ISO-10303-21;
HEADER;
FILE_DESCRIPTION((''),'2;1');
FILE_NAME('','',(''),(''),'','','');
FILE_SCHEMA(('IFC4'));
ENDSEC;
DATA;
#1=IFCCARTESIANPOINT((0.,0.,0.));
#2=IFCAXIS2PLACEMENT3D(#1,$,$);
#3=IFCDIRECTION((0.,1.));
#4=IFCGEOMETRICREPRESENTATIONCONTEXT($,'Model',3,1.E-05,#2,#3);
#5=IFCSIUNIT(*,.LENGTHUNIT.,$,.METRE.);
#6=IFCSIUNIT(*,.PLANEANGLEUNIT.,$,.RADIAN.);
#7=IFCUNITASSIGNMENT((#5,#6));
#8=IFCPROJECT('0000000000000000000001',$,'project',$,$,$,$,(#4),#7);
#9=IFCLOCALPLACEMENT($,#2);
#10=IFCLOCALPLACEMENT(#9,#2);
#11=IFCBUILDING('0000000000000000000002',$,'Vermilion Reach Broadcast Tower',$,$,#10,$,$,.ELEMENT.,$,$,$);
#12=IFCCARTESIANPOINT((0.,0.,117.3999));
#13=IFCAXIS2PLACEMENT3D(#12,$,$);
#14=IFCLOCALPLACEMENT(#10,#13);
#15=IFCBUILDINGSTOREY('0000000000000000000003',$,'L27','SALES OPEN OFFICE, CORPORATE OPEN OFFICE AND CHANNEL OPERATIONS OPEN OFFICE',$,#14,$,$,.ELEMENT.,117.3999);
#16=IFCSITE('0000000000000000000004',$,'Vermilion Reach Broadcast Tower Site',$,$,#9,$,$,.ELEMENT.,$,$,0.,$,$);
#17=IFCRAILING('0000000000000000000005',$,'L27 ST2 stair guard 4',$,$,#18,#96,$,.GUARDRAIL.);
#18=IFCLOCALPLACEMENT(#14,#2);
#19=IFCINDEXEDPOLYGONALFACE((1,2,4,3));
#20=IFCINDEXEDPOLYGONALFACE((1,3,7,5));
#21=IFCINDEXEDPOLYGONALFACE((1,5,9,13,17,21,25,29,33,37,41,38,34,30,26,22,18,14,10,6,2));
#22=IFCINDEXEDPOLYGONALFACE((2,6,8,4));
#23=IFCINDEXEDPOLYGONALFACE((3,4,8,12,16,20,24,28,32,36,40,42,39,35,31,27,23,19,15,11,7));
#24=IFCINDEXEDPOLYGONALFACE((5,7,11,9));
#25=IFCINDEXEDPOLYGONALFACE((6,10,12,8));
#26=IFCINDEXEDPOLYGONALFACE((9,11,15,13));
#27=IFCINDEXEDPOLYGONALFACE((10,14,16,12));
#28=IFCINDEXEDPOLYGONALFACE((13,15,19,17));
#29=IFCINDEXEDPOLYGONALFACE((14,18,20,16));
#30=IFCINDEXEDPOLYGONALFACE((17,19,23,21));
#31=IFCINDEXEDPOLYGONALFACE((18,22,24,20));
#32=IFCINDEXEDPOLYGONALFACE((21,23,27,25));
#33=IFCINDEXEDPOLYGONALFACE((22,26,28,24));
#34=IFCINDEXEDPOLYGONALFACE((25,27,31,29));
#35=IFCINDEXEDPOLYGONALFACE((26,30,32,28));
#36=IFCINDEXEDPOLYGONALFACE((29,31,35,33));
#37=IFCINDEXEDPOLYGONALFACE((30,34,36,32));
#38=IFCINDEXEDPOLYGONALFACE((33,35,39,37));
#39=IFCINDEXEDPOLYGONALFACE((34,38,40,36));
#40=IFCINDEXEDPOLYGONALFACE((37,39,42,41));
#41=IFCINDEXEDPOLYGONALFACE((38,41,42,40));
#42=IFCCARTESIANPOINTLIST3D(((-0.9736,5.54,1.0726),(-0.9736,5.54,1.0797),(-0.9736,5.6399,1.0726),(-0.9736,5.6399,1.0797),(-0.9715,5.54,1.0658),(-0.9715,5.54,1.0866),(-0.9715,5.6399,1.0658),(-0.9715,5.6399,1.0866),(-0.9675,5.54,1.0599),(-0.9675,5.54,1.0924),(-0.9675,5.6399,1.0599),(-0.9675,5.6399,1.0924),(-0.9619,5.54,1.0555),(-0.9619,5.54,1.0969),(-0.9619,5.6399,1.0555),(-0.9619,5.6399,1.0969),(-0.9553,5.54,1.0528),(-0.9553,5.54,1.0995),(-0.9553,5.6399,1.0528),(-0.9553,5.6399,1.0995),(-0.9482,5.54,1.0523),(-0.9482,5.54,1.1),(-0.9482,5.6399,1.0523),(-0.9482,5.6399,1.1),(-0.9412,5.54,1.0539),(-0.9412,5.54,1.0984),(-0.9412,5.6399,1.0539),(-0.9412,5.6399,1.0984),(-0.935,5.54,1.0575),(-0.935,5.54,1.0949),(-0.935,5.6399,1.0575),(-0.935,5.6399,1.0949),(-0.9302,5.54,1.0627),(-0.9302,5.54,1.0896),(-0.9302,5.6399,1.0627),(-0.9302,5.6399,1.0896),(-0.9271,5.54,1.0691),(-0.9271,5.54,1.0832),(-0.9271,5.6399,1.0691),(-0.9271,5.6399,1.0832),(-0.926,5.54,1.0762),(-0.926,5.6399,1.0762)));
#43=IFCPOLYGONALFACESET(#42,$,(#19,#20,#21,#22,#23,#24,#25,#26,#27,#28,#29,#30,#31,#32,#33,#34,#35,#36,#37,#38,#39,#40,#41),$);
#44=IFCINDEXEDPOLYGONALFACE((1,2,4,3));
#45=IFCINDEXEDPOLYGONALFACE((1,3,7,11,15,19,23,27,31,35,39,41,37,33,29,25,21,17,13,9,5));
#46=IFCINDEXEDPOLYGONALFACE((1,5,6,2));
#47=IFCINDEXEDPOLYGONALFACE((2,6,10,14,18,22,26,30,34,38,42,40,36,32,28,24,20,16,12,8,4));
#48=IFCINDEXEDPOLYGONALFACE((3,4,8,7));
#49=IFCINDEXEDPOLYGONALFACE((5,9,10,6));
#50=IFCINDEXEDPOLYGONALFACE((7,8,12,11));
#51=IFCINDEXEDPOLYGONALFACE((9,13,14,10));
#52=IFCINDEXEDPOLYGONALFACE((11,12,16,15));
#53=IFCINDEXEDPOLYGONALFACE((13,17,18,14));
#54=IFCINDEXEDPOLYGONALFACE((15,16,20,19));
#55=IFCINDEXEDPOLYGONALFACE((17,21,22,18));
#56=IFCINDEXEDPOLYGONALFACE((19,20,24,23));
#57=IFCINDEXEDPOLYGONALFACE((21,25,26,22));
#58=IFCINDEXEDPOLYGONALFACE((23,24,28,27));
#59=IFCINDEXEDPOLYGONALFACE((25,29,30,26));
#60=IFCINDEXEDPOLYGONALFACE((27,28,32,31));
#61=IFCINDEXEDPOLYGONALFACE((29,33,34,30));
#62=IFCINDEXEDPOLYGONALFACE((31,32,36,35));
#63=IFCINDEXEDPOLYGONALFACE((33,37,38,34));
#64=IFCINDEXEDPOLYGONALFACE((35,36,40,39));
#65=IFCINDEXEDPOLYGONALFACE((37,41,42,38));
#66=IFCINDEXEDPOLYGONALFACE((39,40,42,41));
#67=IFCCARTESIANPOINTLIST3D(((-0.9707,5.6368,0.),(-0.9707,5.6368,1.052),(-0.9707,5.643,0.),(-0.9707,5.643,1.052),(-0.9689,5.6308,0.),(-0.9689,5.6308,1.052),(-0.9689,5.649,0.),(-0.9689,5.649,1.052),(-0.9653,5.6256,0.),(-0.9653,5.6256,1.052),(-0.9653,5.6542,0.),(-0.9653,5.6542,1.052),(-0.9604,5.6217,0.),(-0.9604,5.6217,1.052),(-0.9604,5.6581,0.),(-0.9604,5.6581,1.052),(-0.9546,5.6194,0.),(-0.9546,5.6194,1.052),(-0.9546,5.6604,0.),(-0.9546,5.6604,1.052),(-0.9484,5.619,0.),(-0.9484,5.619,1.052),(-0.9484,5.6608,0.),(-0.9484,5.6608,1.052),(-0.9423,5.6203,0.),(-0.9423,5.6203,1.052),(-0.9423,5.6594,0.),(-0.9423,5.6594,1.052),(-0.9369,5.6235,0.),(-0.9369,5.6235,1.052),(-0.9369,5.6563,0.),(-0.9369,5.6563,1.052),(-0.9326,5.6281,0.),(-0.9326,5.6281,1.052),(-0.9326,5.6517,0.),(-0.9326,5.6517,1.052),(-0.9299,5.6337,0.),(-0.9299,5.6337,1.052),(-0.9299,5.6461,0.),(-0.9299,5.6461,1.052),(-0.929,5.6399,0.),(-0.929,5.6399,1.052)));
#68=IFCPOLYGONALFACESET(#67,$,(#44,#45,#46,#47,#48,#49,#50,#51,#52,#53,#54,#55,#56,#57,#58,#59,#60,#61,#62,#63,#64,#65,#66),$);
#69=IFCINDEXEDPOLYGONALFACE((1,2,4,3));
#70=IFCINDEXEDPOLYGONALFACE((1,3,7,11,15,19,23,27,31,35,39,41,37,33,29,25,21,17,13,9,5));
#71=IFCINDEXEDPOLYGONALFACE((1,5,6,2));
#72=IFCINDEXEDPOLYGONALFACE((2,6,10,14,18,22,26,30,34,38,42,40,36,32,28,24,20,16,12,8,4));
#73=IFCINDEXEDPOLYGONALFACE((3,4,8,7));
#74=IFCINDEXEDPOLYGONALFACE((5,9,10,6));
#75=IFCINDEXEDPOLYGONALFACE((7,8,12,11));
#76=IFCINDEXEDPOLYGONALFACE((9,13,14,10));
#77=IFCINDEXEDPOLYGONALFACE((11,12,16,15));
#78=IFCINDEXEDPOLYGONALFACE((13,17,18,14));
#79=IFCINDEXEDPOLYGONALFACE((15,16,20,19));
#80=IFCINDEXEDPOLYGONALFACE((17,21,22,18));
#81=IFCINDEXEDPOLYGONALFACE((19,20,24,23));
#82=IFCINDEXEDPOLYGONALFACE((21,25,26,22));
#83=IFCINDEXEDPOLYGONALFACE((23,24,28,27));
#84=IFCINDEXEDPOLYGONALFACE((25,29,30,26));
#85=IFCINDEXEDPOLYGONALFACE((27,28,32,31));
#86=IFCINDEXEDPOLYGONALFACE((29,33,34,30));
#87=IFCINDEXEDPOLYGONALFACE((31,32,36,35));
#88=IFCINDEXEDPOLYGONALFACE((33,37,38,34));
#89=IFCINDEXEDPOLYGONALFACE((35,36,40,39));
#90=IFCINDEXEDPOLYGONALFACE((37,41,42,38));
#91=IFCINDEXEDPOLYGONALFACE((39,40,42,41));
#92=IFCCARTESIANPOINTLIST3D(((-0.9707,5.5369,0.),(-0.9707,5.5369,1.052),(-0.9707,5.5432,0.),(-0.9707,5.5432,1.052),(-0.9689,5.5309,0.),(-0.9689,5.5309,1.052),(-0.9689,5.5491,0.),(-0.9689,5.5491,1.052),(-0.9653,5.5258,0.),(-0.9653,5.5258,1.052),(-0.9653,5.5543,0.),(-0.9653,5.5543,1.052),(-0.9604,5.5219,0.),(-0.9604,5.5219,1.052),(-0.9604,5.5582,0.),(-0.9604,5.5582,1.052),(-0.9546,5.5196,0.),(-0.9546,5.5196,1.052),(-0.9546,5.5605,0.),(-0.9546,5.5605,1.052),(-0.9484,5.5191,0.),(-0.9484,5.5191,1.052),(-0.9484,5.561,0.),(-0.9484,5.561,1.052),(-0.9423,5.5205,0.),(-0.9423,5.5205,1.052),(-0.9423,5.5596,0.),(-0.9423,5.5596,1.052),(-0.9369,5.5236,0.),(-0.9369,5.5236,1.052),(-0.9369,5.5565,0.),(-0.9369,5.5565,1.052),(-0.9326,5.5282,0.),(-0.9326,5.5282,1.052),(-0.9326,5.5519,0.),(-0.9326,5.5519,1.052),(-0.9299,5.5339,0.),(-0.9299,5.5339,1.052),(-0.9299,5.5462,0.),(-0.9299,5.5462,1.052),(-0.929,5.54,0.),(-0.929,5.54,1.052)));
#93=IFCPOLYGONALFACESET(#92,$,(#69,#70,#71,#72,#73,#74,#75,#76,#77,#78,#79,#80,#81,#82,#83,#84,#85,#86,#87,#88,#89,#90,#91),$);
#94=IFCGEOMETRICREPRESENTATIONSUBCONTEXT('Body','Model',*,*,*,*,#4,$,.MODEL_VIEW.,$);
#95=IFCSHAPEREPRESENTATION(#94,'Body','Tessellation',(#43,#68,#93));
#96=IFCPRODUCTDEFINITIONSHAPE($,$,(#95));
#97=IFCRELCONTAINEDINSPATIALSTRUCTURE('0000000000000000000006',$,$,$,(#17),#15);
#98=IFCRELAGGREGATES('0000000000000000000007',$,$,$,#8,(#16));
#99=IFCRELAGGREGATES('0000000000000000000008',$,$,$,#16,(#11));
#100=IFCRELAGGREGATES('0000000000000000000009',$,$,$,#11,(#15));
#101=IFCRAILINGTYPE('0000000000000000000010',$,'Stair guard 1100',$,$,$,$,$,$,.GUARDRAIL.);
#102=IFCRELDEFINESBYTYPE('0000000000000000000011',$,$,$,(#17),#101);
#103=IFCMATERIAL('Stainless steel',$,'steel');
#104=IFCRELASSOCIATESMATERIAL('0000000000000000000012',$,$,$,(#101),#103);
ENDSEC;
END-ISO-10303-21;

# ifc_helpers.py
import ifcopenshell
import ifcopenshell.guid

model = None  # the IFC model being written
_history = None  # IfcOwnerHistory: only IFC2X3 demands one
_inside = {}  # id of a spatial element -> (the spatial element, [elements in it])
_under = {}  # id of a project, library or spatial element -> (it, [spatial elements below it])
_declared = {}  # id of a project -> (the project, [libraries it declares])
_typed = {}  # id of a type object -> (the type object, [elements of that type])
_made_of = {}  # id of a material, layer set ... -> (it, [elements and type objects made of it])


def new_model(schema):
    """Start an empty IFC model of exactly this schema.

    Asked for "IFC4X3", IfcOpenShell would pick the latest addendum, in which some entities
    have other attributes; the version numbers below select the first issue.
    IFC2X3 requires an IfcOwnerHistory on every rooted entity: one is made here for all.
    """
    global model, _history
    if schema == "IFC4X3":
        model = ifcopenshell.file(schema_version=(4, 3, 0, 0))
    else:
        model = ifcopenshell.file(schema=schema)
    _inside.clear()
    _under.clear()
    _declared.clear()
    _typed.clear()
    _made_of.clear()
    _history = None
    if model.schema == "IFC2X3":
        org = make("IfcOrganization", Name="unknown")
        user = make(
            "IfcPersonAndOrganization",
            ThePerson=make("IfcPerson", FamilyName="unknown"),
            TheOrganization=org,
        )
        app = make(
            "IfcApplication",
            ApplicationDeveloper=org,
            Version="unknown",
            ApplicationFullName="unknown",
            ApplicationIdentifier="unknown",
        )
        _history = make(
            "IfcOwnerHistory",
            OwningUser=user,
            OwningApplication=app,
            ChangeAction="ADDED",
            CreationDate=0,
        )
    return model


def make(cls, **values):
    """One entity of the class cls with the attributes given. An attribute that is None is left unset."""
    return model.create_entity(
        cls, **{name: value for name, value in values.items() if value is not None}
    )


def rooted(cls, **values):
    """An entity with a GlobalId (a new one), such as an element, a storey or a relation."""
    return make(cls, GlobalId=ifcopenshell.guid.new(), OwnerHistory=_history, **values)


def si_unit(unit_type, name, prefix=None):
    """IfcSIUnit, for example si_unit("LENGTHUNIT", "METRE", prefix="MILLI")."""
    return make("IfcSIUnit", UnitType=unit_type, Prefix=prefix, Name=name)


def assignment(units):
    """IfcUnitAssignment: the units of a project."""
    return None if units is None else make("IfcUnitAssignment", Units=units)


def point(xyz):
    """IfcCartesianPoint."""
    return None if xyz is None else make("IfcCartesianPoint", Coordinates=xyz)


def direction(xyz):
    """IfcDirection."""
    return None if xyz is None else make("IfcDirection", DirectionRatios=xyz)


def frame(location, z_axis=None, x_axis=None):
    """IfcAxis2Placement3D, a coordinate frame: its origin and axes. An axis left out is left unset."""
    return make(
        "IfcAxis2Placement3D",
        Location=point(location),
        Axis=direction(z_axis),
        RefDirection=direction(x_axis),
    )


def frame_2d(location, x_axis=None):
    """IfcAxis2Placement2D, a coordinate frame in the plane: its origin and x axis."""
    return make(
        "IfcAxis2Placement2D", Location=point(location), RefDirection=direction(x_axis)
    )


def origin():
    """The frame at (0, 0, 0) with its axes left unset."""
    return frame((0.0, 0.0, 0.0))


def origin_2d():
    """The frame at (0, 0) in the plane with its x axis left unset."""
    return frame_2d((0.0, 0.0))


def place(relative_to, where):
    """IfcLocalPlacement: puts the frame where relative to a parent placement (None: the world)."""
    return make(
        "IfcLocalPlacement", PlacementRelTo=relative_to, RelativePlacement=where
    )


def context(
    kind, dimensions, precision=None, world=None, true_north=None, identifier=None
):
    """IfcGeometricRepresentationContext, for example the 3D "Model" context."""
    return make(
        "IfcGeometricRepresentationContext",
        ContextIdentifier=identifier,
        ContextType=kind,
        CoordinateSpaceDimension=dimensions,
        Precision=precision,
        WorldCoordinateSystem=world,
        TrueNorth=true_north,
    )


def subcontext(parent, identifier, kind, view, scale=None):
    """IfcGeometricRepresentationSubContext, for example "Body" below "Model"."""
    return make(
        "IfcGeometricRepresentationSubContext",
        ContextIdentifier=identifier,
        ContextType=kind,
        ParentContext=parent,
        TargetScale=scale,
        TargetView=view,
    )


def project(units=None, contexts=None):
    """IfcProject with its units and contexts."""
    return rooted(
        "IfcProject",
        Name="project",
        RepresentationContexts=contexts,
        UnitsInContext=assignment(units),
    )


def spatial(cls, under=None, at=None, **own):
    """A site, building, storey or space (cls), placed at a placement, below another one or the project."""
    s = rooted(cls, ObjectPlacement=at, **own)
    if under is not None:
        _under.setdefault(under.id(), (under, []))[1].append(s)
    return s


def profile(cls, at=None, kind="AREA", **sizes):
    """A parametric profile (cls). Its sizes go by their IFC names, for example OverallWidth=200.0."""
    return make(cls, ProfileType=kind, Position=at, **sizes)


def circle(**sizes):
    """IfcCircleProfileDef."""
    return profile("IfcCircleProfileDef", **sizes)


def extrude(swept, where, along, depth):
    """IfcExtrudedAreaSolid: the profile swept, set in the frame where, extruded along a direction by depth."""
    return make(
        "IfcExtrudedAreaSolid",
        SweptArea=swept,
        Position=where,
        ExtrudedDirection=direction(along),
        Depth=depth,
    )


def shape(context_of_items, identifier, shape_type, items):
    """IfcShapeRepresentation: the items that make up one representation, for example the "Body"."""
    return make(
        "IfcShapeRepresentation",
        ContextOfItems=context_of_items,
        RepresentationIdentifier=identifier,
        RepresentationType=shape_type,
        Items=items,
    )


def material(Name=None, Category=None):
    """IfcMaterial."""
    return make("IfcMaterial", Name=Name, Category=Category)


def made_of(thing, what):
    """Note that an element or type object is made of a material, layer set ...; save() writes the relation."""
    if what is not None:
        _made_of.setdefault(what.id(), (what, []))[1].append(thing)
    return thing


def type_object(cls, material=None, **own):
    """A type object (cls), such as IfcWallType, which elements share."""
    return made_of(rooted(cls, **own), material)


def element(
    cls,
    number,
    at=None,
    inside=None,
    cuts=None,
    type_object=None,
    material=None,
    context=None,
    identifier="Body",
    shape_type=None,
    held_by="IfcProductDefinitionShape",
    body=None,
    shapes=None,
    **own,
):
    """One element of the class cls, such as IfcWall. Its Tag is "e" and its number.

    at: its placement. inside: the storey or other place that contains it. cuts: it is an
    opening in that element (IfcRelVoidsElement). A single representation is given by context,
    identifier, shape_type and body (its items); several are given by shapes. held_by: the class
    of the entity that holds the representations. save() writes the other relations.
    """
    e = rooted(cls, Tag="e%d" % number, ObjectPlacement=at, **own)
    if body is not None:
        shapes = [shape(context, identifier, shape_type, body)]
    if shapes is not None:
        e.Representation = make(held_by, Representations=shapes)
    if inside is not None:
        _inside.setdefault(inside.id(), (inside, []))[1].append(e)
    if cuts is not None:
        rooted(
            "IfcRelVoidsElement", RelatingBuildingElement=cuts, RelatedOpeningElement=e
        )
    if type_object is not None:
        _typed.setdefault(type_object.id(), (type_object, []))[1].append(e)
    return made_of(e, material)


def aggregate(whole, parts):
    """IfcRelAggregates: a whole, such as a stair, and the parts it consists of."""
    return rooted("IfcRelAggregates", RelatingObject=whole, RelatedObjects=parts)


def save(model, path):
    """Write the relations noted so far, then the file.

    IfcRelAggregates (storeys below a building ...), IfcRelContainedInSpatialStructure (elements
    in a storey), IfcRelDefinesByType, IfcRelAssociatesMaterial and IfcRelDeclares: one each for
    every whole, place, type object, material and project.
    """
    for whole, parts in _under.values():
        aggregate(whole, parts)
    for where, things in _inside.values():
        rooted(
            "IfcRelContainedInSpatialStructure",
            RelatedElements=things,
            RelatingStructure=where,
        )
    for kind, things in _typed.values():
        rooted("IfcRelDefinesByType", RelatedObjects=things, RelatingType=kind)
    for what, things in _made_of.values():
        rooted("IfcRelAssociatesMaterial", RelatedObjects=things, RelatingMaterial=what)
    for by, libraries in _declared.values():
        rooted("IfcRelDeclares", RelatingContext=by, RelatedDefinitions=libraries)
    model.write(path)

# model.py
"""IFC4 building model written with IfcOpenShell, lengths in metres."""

from ifc_helpers import new_model, si_unit, direction, frame, origin, origin_2d, place, context, subcontext, project, spatial, circle, extrude, material, type_object, element, save


model = new_model("IFC4")

# Units and contexts
model_context = context("Model", 3, precision=1e-05, world=origin(), true_north=direction((0.0, 1.0)))
body_context = subcontext(model_context, "Body", "Model", "MODEL_VIEW")
ifc_project = project(units=[si_unit("LENGTHUNIT", "METRE"), si_unit("PLANEANGLEUNIT", "RADIAN")], contexts=[model_context])

# Site, building, storey
site_placement = place(None, origin())
site = spatial("IfcSite", under=ifc_project, at=site_placement, Name="Vermilion Reach Broadcast Tower Site", CompositionType="ELEMENT", RefElevation=0.0)
building_placement = place(site_placement, origin())
building = spatial("IfcBuilding", under=site, at=building_placement, Name="Vermilion Reach Broadcast Tower", CompositionType="ELEMENT")
storey_placement = place(building_placement, frame((0.0, 0.0, 117.3999)))
storey = spatial("IfcBuildingStorey", under=building, at=storey_placement, Name="L27", Description="SALES OPEN OFFICE, CORPORATE OPEN OFFICE AND CHANNEL OPERATIONS OPEN OFFICE", CompositionType="ELEMENT", Elevation=117.3999)

# Railing
ifc_material_1 = material(Name="Stainless steel", Category="steel")
railing_type_1 = type_object("IfcRailingType", Name="Stair guard 1100", PredefinedType="GUARDRAIL", material=ifc_material_1)
railing_1_placement = place(storey_placement, frame((-0.95, 5.6399, 0.0)))
element("IfcRailing", 1, at=railing_1_placement, inside=storey, type_object=railing_type_1, Name="L27 ST2 stair guard 4", PredefinedType="GUARDRAIL", context=body_context, shape_type="SweptSolid", body=[
    extrude(circle(Radius=0.0239, at=origin_2d()), frame((0.0, 0.0, 1.0762), z_axis=(0.0, -1.0, 0.0), x_axis=(1.0, 0.0, 0.0)), (0.0, 0.0, 1.0), 0.0999),
    extrude(circle(Radius=0.021, at=origin_2d()), origin(), (0.0, 0.0, 1.0), 1.052),
    extrude(circle(Radius=0.021, at=origin_2d()), frame((0.0, -0.0999, 0.0)), (0.0, 0.0, 1.0), 1.052),
])

save(model, "model.ifc")
